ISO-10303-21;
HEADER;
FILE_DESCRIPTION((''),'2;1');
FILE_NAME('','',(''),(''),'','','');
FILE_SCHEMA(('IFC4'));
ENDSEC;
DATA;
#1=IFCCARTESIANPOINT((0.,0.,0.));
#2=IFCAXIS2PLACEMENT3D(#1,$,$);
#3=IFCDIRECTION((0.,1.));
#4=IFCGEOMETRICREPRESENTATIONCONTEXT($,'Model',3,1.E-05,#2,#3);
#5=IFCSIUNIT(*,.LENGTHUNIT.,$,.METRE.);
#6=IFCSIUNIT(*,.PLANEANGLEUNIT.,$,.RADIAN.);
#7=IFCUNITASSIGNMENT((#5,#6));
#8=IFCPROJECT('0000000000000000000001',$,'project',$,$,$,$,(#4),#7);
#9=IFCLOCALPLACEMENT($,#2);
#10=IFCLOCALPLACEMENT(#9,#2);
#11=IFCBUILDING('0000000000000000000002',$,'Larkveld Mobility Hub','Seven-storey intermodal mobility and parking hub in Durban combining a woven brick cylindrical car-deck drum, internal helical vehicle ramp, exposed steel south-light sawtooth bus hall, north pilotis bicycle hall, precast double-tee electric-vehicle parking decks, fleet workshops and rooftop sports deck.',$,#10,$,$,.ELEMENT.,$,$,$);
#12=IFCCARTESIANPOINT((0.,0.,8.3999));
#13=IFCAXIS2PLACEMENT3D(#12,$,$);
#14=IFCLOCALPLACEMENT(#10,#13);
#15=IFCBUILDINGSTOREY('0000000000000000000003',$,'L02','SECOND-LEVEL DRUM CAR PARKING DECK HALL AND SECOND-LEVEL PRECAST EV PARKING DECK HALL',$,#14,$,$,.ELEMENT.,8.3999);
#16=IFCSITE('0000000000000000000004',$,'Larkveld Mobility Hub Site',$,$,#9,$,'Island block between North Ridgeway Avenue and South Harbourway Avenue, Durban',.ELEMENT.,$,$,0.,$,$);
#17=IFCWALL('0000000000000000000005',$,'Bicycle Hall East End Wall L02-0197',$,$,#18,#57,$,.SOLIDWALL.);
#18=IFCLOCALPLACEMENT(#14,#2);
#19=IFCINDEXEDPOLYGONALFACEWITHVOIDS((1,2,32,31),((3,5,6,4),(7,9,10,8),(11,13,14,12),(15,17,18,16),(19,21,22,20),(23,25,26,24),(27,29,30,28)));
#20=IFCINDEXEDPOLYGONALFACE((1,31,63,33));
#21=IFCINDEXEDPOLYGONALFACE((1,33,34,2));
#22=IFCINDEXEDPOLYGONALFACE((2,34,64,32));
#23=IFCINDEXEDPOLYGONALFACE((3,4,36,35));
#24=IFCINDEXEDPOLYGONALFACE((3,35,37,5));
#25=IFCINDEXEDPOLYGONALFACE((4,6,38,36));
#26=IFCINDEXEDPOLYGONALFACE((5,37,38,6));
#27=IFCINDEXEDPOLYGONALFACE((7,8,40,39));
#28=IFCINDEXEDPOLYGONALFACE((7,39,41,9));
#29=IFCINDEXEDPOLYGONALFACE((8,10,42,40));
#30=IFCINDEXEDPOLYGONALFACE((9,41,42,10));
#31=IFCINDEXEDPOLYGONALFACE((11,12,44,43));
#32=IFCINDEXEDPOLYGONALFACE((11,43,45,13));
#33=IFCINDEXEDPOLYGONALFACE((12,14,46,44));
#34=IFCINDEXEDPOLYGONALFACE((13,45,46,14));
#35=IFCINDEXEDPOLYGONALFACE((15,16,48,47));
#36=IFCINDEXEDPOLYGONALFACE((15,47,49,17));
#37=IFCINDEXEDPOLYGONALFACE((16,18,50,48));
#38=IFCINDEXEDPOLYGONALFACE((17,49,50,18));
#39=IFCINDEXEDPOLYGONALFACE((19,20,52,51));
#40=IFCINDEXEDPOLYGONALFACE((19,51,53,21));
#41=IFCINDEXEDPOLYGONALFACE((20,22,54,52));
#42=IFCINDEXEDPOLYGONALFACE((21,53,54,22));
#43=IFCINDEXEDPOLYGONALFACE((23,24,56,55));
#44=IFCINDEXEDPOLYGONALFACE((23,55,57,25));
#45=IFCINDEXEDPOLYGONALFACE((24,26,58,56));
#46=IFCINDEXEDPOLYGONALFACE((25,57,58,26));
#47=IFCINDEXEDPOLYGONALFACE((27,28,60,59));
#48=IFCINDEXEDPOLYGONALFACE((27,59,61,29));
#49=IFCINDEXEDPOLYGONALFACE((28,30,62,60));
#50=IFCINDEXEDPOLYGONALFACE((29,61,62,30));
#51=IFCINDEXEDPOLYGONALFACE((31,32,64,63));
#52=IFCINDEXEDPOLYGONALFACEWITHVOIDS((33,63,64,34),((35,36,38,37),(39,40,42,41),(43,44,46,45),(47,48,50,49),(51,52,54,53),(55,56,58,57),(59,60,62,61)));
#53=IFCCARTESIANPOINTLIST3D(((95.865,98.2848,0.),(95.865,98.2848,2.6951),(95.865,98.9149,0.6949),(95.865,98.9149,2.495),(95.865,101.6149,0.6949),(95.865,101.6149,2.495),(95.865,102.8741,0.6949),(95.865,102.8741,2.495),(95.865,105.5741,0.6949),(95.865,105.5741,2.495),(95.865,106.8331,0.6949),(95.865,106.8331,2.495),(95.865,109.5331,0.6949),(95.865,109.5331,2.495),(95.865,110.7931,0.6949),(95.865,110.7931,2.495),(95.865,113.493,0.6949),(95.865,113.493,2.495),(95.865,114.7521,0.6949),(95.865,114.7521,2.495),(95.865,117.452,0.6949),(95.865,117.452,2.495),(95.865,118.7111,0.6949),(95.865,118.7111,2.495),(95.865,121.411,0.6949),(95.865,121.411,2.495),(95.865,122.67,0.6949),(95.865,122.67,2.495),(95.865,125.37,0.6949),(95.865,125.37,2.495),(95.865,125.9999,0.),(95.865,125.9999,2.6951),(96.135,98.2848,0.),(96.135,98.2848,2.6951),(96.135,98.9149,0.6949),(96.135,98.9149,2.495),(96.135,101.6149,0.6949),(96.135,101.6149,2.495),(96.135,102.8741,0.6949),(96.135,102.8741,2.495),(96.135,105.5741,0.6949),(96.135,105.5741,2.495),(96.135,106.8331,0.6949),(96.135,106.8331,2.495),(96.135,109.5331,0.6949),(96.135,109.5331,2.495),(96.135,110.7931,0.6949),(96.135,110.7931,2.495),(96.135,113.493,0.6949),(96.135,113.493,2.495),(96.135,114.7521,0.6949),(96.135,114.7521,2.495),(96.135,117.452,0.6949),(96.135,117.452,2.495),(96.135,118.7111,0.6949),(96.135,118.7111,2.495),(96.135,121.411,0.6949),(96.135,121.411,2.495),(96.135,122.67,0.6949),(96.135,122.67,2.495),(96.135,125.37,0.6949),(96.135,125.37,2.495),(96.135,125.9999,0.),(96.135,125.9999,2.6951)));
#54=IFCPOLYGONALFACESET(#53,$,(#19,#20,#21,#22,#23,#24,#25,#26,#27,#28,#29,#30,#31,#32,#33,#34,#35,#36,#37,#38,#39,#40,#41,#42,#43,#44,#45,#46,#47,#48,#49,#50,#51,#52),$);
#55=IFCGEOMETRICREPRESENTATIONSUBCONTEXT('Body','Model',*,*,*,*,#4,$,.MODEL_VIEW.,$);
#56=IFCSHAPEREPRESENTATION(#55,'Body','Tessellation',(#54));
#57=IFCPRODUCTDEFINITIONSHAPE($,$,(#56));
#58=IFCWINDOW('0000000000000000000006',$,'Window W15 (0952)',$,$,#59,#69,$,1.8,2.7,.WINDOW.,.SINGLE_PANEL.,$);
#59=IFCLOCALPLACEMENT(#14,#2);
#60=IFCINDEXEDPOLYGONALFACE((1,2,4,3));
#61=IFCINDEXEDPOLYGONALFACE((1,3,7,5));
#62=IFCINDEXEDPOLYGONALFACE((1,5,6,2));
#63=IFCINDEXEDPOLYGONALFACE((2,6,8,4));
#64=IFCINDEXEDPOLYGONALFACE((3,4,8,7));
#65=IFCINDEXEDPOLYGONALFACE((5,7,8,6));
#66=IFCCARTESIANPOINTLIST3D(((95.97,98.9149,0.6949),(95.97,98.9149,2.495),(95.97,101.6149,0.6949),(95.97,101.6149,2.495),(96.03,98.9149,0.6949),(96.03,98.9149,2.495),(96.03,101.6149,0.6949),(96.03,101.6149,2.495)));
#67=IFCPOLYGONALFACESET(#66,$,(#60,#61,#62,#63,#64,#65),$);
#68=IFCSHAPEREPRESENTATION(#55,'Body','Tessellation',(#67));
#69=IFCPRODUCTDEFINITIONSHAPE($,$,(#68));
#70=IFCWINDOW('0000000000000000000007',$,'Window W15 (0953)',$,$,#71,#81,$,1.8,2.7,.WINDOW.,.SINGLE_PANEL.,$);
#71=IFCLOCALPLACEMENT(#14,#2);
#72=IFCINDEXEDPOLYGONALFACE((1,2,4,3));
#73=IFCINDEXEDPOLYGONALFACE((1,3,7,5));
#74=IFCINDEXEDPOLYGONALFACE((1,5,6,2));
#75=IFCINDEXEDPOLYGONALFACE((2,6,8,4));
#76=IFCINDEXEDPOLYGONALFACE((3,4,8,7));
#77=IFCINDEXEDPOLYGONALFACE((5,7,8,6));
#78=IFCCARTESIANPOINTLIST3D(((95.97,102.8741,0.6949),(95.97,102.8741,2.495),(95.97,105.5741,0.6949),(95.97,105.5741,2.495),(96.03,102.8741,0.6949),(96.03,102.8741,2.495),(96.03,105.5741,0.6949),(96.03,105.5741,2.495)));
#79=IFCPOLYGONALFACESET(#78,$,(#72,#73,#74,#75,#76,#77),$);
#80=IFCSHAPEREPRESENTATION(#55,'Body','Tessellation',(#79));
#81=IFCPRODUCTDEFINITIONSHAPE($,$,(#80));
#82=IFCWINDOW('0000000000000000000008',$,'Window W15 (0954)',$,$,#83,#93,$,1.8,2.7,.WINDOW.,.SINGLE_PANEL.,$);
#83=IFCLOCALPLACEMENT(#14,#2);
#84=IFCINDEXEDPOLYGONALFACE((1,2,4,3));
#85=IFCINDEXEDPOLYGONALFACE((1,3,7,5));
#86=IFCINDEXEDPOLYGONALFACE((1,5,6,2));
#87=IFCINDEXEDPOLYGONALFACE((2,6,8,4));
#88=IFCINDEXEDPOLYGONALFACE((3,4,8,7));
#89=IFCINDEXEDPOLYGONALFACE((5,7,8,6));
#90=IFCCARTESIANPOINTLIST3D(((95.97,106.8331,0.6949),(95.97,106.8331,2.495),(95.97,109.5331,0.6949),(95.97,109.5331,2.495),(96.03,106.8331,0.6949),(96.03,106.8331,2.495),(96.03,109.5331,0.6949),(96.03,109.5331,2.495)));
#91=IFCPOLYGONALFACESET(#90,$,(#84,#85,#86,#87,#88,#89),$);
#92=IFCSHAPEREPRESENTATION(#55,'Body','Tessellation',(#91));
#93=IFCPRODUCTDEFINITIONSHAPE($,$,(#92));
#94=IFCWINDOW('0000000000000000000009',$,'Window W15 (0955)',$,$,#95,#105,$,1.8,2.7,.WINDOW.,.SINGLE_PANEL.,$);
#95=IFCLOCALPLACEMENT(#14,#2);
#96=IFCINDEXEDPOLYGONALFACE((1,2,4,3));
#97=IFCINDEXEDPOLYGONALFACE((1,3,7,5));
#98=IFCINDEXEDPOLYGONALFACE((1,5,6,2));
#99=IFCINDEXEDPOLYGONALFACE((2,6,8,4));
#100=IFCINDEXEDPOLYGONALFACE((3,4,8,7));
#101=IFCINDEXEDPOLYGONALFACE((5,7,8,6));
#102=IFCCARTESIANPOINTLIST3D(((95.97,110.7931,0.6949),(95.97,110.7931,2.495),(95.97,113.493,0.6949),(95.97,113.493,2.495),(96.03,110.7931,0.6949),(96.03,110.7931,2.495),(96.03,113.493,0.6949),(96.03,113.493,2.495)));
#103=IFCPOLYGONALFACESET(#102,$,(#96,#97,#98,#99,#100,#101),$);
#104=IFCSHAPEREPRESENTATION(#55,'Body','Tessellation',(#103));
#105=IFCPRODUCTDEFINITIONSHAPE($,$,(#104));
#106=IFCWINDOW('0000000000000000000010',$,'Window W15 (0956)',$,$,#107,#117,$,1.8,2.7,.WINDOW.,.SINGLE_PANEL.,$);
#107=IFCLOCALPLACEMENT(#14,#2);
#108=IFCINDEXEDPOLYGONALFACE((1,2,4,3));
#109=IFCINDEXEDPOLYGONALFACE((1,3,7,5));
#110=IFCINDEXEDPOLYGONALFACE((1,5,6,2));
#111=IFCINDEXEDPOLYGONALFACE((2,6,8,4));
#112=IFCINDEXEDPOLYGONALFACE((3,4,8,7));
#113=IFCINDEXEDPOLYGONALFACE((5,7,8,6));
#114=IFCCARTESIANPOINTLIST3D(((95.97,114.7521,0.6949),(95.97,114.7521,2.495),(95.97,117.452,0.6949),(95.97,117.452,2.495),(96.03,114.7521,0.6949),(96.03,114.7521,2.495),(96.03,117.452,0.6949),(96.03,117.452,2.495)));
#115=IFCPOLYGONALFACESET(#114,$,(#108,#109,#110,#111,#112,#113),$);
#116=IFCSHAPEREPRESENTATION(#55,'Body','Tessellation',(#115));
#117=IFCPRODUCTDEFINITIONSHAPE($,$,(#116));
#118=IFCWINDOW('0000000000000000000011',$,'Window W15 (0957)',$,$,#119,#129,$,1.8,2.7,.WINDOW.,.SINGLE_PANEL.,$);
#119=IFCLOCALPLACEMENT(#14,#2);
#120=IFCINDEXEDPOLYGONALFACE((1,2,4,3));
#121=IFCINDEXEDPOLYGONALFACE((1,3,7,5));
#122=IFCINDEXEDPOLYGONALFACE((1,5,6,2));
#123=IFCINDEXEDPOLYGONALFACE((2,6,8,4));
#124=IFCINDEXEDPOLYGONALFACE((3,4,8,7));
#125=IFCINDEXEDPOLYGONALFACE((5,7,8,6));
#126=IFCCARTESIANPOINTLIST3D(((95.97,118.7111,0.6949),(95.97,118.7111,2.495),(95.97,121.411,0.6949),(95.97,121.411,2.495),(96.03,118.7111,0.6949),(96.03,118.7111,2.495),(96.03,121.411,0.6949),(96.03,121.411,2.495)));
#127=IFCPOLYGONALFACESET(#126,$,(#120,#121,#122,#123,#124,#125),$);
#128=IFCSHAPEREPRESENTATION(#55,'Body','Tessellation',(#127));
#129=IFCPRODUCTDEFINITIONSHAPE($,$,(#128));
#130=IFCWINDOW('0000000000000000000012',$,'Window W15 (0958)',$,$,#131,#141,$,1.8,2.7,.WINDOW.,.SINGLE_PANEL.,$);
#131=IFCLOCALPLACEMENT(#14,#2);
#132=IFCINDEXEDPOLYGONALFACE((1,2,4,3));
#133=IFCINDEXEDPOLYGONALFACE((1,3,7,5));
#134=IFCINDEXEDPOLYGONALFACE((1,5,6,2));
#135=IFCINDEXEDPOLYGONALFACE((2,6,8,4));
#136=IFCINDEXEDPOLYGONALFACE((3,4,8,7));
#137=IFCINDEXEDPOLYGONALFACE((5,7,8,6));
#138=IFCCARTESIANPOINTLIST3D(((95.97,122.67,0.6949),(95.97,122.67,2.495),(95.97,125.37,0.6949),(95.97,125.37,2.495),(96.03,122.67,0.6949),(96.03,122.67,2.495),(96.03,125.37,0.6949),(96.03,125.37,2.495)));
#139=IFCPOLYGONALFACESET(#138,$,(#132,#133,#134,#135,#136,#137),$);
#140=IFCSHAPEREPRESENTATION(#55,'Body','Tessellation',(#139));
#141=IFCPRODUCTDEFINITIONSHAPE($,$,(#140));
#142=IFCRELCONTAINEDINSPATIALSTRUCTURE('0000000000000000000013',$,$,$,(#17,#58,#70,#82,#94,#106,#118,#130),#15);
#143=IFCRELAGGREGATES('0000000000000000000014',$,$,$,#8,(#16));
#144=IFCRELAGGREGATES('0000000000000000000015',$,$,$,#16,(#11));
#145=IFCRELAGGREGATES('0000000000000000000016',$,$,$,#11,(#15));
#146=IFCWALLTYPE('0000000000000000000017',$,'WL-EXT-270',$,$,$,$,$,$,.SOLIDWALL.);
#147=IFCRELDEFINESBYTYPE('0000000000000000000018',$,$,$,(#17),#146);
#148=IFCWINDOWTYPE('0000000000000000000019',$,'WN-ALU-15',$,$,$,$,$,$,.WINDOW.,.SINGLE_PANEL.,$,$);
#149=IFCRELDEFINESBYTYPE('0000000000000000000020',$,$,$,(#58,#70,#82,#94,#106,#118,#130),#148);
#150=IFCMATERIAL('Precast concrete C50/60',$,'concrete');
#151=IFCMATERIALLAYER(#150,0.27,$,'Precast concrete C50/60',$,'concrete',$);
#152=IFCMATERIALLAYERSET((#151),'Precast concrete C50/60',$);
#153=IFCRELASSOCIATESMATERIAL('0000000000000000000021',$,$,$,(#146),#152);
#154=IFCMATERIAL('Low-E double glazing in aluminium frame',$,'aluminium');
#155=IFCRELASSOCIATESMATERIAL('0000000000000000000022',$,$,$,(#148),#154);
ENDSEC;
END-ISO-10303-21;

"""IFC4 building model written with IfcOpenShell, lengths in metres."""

from ifc_helpers import new_model, si_unit, direction, frame, frame_2d, origin, place, context, subcontext, project, spatial, rectangle, extrude, material, layer, layer_set, type_object, element, fill, save


model = new_model("IFC4")

# Units and contexts
model_context = context("Model", 3, precision=1e-05, world=origin(), true_north=direction((0.0, 1.0)))
body_context = subcontext(model_context, "Body", "Model", "MODEL_VIEW")
ifc_project = project(units=[si_unit("LENGTHUNIT", "METRE"), si_unit("PLANEANGLEUNIT", "RADIAN")], contexts=[model_context])

# Site, building, storey
site_placement = place(None, origin())
site = spatial("IfcSite", under=ifc_project, at=site_placement, Name="Larkveld Mobility Hub Site", LongName="Island block between North Ridgeway Avenue and South Harbourway Avenue, Durban", CompositionType="ELEMENT", RefElevation=0.0)
building_placement = place(site_placement, origin())
building = spatial("IfcBuilding", under=site, at=building_placement, Name="Larkveld Mobility Hub", Description="Seven-storey intermodal mobility and parking hub in Durban combining a woven brick cylindrical car-deck drum, internal helical vehicle ramp, exposed steel south-light sawtooth bus hall, north pilotis bicycle hall, precast double-tee electric-vehicle parking decks, fleet workshops and rooftop sports deck.", CompositionType="ELEMENT")
storey_placement = place(building_placement, frame((0.0, 0.0, 8.3999)))
storey = spatial("IfcBuildingStorey", under=building, at=storey_placement, Name="L02", Description="SECOND-LEVEL DRUM CAR PARKING DECK HALL AND SECOND-LEVEL PRECAST EV PARKING DECK HALL", CompositionType="ELEMENT", Elevation=8.3999)

# Wall, openings, windows
ifc_material_1 = material(Name="Precast concrete C50/60", Category="concrete")
ifc_layer = layer(ifc_material_1, 0.27, Name="Precast concrete C50/60", Category="concrete")
ifc_layer_set = layer_set([ifc_layer], Name="Precast concrete C50/60")
wall_type = type_object("IfcWallType", Name="WL-EXT-270", PredefinedType="SOLIDWALL", material=ifc_layer_set)
wall_placement = place(storey_placement, frame((96.0, 98.2849, 0.0), z_axis=(0.0, 0.0, 1.0), x_axis=(0.0, 1.0, 0.0)))
wall = element("IfcWall", 1, at=wall_placement, inside=storey, type_object=wall_type, Name="Bicycle Hall East End Wall L02-0197", PredefinedType="SOLIDWALL", context=body_context, shape_type="SweptSolid", body=[
    extrude(rectangle(XDim=27.7151, YDim=0.27, at=frame_2d((13.8574, 0.0))), origin(), (0.0, 0.0, 1.0), 2.6951),
])
opening_1_placement = place(wall_placement, frame((0.6299, 0.0, 0.6951)))
opening_1 = element("IfcOpeningElement", 2, at=opening_1_placement, cuts=wall, PredefinedType="OPENING", context=body_context, shape_type="SweptSolid", body=[
    extrude(rectangle(XDim=2.7, YDim=1.8, at=frame_2d((1.3501, 0.8999))), frame((0.0, 0.145, 0.0), z_axis=(0.0, -1.0, 0.0), x_axis=(1.0, 0.0, 0.0)), (0.0, 0.0, 1.0), 0.29),
])
opening_2_placement = place(wall_placement, frame((4.5891, 0.0, 0.6951)))
opening_2 = element("IfcOpeningElement", 3, at=opening_2_placement, cuts=wall, PredefinedType="OPENING", context=body_context, shape_type="SweptSolid", body=[
    extrude(rectangle(XDim=2.7, YDim=1.8, at=frame_2d((1.3501, 0.8999))), frame((0.0, 0.145, 0.0), z_axis=(0.0, -1.0, 0.0), x_axis=(1.0, 0.0, 0.0)), (0.0, 0.0, 1.0), 0.29),
])
opening_3_placement = place(wall_placement, frame((8.5481, 0.0, 0.6951)))
opening_3 = element("IfcOpeningElement", 4, at=opening_3_placement, cuts=wall, PredefinedType="OPENING", context=body_context, shape_type="SweptSolid", body=[
    extrude(rectangle(XDim=2.7, YDim=1.8, at=frame_2d((1.3501, 0.8999))), frame((0.0, 0.145, 0.0), z_axis=(0.0, -1.0, 0.0), x_axis=(1.0, 0.0, 0.0)), (0.0, 0.0, 1.0), 0.29),
])
opening_4_placement = place(wall_placement, frame((12.5081, 0.0, 0.6951)))
opening_4 = element("IfcOpeningElement", 5, at=opening_4_placement, cuts=wall, PredefinedType="OPENING", context=body_context, shape_type="SweptSolid", body=[
    extrude(rectangle(XDim=2.7, YDim=1.8, at=frame_2d((1.3501, 0.8999))), frame((0.0, 0.145, 0.0), z_axis=(0.0, -1.0, 0.0), x_axis=(1.0, 0.0, 0.0)), (0.0, 0.0, 1.0), 0.29),
])
opening_5_placement = place(wall_placement, frame((16.467, 0.0, 0.6951)))
opening_5 = element("IfcOpeningElement", 6, at=opening_5_placement, cuts=wall, PredefinedType="OPENING", context=body_context, shape_type="SweptSolid", body=[
    extrude(rectangle(XDim=2.7, YDim=1.8, at=frame_2d((1.3501, 0.8999))), frame((0.0, 0.145, 0.0), z_axis=(0.0, -1.0, 0.0), x_axis=(1.0, 0.0, 0.0)), (0.0, 0.0, 1.0), 0.29),
])
opening_6_placement = place(wall_placement, frame((20.426, 0.0, 0.6951)))
opening_6 = element("IfcOpeningElement", 7, at=opening_6_placement, cuts=wall, PredefinedType="OPENING", context=body_context, shape_type="SweptSolid", body=[
    extrude(rectangle(XDim=2.7, YDim=1.8, at=frame_2d((1.3501, 0.8999))), frame((0.0, 0.145, 0.0), z_axis=(0.0, -1.0, 0.0), x_axis=(1.0, 0.0, 0.0)), (0.0, 0.0, 1.0), 0.29),
])
opening_7_placement = place(wall_placement, frame((24.385, 0.0, 0.6951)))
opening_7 = element("IfcOpeningElement", 8, at=opening_7_placement, cuts=wall, PredefinedType="OPENING", context=body_context, shape_type="SweptSolid", body=[
    extrude(rectangle(XDim=2.7, YDim=1.8, at=frame_2d((1.3501, 0.8999))), frame((0.0, 0.145, 0.0), z_axis=(0.0, -1.0, 0.0), x_axis=(1.0, 0.0, 0.0)), (0.0, 0.0, 1.0), 0.29),
])
ifc_material_2 = material(Name="Low-E double glazing in aluminium frame", Category="aluminium")
window_type = type_object("IfcWindowType", Name="WN-ALU-15", PartitioningType="SINGLE_PANEL", PredefinedType="WINDOW", material=ifc_material_2)
window_1_placement = place(opening_1_placement, origin())
window_1 = element("IfcWindow", 9, at=window_1_placement, inside=storey, type_object=window_type, Name="Window W15 (0952)", OverallHeight=1.8, OverallWidth=2.7, PartitioningType="SINGLE_PANEL", PredefinedType="WINDOW", context=body_context, shape_type="SweptSolid", body=[
    extrude(rectangle(XDim=2.7, YDim=1.8, at=frame_2d((1.3501, 0.8999))), frame((0.0, 0.03, 0.0), z_axis=(0.0, -1.0, 0.0), x_axis=(1.0, 0.0, 0.0)), (0.0, 0.0, 1.0), 0.0601),
])
fill(opening_1, window_1)
window_2_placement = place(opening_2_placement, origin())
window_2 = element("IfcWindow", 10, at=window_2_placement, inside=storey, type_object=window_type, Name="Window W15 (0953)", OverallHeight=1.8, OverallWidth=2.7, PartitioningType="SINGLE_PANEL", PredefinedType="WINDOW", context=body_context, shape_type="SweptSolid", body=[
    extrude(rectangle(XDim=2.7, YDim=1.8, at=frame_2d((1.3501, 0.8999))), frame((0.0, 0.03, 0.0), z_axis=(0.0, -1.0, 0.0), x_axis=(1.0, 0.0, 0.0)), (0.0, 0.0, 1.0), 0.0601),
])
fill(opening_2, window_2)
window_3_placement = place(opening_3_placement, origin())
window_3 = element("IfcWindow", 11, at=window_3_placement, inside=storey, type_object=window_type, Name="Window W15 (0954)", OverallHeight=1.8, OverallWidth=2.7, PartitioningType="SINGLE_PANEL", PredefinedType="WINDOW", context=body_context, shape_type="SweptSolid", body=[
    extrude(rectangle(XDim=2.7, YDim=1.8, at=frame_2d((1.3501, 0.8999))), frame((0.0, 0.03, 0.0), z_axis=(0.0, -1.0, 0.0), x_axis=(1.0, 0.0, 0.0)), (0.0, 0.0, 1.0), 0.0601),
])
fill(opening_3, window_3)
window_4_placement = place(opening_4_placement, origin())
window_4 = element("IfcWindow", 12, at=window_4_placement, inside=storey, type_object=window_type, Name="Window W15 (0955)", OverallHeight=1.8, OverallWidth=2.7, PartitioningType="SINGLE_PANEL", PredefinedType="WINDOW", context=body_context, shape_type="SweptSolid", body=[
    extrude(rectangle(XDim=2.7, YDim=1.8, at=frame_2d((1.3501, 0.8999))), frame((0.0, 0.03, 0.0), z_axis=(0.0, -1.0, 0.0), x_axis=(1.0, 0.0, 0.0)), (0.0, 0.0, 1.0), 0.0601),
])
fill(opening_4, window_4)
window_5_placement = place(opening_5_placement, origin())
window_5 = element("IfcWindow", 13, at=window_5_placement, inside=storey, type_object=window_type, Name="Window W15 (0956)", OverallHeight=1.8, OverallWidth=2.7, PartitioningType="SINGLE_PANEL", PredefinedType="WINDOW", context=body_context, shape_type="SweptSolid", body=[
    extrude(rectangle(XDim=2.7, YDim=1.8, at=frame_2d((1.3501, 0.8999))), frame((0.0, 0.03, 0.0), z_axis=(0.0, -1.0, 0.0), x_axis=(1.0, 0.0, 0.0)), (0.0, 0.0, 1.0), 0.0601),
])
fill(opening_5, window_5)
window_6_placement = place(opening_6_placement, origin())
window_6 = element("IfcWindow", 14, at=window_6_placement, inside=storey, type_object=window_type, Name="Window W15 (0957)", OverallHeight=1.8, OverallWidth=2.7, PartitioningType="SINGLE_PANEL", PredefinedType="WINDOW", context=body_context, shape_type="SweptSolid", body=[
    extrude(rectangle(XDim=2.7, YDim=1.8, at=frame_2d((1.3501, 0.8999))), frame((0.0, 0.03, 0.0), z_axis=(0.0, -1.0, 0.0), x_axis=(1.0, 0.0, 0.0)), (0.0, 0.0, 1.0), 0.0601),
])
fill(opening_6, window_6)
window_7_placement = place(opening_7_placement, origin())
window_7 = element("IfcWindow", 15, at=window_7_placement, inside=storey, type_object=window_type, Name="Window W15 (0958)", OverallHeight=1.8, OverallWidth=2.7, PartitioningType="SINGLE_PANEL", PredefinedType="WINDOW", context=body_context, shape_type="SweptSolid", body=[
    extrude(rectangle(XDim=2.7, YDim=1.8, at=frame_2d((1.3501, 0.8999))), frame((0.0, 0.03, 0.0), z_axis=(0.0, -1.0, 0.0), x_axis=(1.0, 0.0, 0.0)), (0.0, 0.0, 1.0), 0.0601),
])
fill(opening_7, window_7)

save(model, "model.ifc")
